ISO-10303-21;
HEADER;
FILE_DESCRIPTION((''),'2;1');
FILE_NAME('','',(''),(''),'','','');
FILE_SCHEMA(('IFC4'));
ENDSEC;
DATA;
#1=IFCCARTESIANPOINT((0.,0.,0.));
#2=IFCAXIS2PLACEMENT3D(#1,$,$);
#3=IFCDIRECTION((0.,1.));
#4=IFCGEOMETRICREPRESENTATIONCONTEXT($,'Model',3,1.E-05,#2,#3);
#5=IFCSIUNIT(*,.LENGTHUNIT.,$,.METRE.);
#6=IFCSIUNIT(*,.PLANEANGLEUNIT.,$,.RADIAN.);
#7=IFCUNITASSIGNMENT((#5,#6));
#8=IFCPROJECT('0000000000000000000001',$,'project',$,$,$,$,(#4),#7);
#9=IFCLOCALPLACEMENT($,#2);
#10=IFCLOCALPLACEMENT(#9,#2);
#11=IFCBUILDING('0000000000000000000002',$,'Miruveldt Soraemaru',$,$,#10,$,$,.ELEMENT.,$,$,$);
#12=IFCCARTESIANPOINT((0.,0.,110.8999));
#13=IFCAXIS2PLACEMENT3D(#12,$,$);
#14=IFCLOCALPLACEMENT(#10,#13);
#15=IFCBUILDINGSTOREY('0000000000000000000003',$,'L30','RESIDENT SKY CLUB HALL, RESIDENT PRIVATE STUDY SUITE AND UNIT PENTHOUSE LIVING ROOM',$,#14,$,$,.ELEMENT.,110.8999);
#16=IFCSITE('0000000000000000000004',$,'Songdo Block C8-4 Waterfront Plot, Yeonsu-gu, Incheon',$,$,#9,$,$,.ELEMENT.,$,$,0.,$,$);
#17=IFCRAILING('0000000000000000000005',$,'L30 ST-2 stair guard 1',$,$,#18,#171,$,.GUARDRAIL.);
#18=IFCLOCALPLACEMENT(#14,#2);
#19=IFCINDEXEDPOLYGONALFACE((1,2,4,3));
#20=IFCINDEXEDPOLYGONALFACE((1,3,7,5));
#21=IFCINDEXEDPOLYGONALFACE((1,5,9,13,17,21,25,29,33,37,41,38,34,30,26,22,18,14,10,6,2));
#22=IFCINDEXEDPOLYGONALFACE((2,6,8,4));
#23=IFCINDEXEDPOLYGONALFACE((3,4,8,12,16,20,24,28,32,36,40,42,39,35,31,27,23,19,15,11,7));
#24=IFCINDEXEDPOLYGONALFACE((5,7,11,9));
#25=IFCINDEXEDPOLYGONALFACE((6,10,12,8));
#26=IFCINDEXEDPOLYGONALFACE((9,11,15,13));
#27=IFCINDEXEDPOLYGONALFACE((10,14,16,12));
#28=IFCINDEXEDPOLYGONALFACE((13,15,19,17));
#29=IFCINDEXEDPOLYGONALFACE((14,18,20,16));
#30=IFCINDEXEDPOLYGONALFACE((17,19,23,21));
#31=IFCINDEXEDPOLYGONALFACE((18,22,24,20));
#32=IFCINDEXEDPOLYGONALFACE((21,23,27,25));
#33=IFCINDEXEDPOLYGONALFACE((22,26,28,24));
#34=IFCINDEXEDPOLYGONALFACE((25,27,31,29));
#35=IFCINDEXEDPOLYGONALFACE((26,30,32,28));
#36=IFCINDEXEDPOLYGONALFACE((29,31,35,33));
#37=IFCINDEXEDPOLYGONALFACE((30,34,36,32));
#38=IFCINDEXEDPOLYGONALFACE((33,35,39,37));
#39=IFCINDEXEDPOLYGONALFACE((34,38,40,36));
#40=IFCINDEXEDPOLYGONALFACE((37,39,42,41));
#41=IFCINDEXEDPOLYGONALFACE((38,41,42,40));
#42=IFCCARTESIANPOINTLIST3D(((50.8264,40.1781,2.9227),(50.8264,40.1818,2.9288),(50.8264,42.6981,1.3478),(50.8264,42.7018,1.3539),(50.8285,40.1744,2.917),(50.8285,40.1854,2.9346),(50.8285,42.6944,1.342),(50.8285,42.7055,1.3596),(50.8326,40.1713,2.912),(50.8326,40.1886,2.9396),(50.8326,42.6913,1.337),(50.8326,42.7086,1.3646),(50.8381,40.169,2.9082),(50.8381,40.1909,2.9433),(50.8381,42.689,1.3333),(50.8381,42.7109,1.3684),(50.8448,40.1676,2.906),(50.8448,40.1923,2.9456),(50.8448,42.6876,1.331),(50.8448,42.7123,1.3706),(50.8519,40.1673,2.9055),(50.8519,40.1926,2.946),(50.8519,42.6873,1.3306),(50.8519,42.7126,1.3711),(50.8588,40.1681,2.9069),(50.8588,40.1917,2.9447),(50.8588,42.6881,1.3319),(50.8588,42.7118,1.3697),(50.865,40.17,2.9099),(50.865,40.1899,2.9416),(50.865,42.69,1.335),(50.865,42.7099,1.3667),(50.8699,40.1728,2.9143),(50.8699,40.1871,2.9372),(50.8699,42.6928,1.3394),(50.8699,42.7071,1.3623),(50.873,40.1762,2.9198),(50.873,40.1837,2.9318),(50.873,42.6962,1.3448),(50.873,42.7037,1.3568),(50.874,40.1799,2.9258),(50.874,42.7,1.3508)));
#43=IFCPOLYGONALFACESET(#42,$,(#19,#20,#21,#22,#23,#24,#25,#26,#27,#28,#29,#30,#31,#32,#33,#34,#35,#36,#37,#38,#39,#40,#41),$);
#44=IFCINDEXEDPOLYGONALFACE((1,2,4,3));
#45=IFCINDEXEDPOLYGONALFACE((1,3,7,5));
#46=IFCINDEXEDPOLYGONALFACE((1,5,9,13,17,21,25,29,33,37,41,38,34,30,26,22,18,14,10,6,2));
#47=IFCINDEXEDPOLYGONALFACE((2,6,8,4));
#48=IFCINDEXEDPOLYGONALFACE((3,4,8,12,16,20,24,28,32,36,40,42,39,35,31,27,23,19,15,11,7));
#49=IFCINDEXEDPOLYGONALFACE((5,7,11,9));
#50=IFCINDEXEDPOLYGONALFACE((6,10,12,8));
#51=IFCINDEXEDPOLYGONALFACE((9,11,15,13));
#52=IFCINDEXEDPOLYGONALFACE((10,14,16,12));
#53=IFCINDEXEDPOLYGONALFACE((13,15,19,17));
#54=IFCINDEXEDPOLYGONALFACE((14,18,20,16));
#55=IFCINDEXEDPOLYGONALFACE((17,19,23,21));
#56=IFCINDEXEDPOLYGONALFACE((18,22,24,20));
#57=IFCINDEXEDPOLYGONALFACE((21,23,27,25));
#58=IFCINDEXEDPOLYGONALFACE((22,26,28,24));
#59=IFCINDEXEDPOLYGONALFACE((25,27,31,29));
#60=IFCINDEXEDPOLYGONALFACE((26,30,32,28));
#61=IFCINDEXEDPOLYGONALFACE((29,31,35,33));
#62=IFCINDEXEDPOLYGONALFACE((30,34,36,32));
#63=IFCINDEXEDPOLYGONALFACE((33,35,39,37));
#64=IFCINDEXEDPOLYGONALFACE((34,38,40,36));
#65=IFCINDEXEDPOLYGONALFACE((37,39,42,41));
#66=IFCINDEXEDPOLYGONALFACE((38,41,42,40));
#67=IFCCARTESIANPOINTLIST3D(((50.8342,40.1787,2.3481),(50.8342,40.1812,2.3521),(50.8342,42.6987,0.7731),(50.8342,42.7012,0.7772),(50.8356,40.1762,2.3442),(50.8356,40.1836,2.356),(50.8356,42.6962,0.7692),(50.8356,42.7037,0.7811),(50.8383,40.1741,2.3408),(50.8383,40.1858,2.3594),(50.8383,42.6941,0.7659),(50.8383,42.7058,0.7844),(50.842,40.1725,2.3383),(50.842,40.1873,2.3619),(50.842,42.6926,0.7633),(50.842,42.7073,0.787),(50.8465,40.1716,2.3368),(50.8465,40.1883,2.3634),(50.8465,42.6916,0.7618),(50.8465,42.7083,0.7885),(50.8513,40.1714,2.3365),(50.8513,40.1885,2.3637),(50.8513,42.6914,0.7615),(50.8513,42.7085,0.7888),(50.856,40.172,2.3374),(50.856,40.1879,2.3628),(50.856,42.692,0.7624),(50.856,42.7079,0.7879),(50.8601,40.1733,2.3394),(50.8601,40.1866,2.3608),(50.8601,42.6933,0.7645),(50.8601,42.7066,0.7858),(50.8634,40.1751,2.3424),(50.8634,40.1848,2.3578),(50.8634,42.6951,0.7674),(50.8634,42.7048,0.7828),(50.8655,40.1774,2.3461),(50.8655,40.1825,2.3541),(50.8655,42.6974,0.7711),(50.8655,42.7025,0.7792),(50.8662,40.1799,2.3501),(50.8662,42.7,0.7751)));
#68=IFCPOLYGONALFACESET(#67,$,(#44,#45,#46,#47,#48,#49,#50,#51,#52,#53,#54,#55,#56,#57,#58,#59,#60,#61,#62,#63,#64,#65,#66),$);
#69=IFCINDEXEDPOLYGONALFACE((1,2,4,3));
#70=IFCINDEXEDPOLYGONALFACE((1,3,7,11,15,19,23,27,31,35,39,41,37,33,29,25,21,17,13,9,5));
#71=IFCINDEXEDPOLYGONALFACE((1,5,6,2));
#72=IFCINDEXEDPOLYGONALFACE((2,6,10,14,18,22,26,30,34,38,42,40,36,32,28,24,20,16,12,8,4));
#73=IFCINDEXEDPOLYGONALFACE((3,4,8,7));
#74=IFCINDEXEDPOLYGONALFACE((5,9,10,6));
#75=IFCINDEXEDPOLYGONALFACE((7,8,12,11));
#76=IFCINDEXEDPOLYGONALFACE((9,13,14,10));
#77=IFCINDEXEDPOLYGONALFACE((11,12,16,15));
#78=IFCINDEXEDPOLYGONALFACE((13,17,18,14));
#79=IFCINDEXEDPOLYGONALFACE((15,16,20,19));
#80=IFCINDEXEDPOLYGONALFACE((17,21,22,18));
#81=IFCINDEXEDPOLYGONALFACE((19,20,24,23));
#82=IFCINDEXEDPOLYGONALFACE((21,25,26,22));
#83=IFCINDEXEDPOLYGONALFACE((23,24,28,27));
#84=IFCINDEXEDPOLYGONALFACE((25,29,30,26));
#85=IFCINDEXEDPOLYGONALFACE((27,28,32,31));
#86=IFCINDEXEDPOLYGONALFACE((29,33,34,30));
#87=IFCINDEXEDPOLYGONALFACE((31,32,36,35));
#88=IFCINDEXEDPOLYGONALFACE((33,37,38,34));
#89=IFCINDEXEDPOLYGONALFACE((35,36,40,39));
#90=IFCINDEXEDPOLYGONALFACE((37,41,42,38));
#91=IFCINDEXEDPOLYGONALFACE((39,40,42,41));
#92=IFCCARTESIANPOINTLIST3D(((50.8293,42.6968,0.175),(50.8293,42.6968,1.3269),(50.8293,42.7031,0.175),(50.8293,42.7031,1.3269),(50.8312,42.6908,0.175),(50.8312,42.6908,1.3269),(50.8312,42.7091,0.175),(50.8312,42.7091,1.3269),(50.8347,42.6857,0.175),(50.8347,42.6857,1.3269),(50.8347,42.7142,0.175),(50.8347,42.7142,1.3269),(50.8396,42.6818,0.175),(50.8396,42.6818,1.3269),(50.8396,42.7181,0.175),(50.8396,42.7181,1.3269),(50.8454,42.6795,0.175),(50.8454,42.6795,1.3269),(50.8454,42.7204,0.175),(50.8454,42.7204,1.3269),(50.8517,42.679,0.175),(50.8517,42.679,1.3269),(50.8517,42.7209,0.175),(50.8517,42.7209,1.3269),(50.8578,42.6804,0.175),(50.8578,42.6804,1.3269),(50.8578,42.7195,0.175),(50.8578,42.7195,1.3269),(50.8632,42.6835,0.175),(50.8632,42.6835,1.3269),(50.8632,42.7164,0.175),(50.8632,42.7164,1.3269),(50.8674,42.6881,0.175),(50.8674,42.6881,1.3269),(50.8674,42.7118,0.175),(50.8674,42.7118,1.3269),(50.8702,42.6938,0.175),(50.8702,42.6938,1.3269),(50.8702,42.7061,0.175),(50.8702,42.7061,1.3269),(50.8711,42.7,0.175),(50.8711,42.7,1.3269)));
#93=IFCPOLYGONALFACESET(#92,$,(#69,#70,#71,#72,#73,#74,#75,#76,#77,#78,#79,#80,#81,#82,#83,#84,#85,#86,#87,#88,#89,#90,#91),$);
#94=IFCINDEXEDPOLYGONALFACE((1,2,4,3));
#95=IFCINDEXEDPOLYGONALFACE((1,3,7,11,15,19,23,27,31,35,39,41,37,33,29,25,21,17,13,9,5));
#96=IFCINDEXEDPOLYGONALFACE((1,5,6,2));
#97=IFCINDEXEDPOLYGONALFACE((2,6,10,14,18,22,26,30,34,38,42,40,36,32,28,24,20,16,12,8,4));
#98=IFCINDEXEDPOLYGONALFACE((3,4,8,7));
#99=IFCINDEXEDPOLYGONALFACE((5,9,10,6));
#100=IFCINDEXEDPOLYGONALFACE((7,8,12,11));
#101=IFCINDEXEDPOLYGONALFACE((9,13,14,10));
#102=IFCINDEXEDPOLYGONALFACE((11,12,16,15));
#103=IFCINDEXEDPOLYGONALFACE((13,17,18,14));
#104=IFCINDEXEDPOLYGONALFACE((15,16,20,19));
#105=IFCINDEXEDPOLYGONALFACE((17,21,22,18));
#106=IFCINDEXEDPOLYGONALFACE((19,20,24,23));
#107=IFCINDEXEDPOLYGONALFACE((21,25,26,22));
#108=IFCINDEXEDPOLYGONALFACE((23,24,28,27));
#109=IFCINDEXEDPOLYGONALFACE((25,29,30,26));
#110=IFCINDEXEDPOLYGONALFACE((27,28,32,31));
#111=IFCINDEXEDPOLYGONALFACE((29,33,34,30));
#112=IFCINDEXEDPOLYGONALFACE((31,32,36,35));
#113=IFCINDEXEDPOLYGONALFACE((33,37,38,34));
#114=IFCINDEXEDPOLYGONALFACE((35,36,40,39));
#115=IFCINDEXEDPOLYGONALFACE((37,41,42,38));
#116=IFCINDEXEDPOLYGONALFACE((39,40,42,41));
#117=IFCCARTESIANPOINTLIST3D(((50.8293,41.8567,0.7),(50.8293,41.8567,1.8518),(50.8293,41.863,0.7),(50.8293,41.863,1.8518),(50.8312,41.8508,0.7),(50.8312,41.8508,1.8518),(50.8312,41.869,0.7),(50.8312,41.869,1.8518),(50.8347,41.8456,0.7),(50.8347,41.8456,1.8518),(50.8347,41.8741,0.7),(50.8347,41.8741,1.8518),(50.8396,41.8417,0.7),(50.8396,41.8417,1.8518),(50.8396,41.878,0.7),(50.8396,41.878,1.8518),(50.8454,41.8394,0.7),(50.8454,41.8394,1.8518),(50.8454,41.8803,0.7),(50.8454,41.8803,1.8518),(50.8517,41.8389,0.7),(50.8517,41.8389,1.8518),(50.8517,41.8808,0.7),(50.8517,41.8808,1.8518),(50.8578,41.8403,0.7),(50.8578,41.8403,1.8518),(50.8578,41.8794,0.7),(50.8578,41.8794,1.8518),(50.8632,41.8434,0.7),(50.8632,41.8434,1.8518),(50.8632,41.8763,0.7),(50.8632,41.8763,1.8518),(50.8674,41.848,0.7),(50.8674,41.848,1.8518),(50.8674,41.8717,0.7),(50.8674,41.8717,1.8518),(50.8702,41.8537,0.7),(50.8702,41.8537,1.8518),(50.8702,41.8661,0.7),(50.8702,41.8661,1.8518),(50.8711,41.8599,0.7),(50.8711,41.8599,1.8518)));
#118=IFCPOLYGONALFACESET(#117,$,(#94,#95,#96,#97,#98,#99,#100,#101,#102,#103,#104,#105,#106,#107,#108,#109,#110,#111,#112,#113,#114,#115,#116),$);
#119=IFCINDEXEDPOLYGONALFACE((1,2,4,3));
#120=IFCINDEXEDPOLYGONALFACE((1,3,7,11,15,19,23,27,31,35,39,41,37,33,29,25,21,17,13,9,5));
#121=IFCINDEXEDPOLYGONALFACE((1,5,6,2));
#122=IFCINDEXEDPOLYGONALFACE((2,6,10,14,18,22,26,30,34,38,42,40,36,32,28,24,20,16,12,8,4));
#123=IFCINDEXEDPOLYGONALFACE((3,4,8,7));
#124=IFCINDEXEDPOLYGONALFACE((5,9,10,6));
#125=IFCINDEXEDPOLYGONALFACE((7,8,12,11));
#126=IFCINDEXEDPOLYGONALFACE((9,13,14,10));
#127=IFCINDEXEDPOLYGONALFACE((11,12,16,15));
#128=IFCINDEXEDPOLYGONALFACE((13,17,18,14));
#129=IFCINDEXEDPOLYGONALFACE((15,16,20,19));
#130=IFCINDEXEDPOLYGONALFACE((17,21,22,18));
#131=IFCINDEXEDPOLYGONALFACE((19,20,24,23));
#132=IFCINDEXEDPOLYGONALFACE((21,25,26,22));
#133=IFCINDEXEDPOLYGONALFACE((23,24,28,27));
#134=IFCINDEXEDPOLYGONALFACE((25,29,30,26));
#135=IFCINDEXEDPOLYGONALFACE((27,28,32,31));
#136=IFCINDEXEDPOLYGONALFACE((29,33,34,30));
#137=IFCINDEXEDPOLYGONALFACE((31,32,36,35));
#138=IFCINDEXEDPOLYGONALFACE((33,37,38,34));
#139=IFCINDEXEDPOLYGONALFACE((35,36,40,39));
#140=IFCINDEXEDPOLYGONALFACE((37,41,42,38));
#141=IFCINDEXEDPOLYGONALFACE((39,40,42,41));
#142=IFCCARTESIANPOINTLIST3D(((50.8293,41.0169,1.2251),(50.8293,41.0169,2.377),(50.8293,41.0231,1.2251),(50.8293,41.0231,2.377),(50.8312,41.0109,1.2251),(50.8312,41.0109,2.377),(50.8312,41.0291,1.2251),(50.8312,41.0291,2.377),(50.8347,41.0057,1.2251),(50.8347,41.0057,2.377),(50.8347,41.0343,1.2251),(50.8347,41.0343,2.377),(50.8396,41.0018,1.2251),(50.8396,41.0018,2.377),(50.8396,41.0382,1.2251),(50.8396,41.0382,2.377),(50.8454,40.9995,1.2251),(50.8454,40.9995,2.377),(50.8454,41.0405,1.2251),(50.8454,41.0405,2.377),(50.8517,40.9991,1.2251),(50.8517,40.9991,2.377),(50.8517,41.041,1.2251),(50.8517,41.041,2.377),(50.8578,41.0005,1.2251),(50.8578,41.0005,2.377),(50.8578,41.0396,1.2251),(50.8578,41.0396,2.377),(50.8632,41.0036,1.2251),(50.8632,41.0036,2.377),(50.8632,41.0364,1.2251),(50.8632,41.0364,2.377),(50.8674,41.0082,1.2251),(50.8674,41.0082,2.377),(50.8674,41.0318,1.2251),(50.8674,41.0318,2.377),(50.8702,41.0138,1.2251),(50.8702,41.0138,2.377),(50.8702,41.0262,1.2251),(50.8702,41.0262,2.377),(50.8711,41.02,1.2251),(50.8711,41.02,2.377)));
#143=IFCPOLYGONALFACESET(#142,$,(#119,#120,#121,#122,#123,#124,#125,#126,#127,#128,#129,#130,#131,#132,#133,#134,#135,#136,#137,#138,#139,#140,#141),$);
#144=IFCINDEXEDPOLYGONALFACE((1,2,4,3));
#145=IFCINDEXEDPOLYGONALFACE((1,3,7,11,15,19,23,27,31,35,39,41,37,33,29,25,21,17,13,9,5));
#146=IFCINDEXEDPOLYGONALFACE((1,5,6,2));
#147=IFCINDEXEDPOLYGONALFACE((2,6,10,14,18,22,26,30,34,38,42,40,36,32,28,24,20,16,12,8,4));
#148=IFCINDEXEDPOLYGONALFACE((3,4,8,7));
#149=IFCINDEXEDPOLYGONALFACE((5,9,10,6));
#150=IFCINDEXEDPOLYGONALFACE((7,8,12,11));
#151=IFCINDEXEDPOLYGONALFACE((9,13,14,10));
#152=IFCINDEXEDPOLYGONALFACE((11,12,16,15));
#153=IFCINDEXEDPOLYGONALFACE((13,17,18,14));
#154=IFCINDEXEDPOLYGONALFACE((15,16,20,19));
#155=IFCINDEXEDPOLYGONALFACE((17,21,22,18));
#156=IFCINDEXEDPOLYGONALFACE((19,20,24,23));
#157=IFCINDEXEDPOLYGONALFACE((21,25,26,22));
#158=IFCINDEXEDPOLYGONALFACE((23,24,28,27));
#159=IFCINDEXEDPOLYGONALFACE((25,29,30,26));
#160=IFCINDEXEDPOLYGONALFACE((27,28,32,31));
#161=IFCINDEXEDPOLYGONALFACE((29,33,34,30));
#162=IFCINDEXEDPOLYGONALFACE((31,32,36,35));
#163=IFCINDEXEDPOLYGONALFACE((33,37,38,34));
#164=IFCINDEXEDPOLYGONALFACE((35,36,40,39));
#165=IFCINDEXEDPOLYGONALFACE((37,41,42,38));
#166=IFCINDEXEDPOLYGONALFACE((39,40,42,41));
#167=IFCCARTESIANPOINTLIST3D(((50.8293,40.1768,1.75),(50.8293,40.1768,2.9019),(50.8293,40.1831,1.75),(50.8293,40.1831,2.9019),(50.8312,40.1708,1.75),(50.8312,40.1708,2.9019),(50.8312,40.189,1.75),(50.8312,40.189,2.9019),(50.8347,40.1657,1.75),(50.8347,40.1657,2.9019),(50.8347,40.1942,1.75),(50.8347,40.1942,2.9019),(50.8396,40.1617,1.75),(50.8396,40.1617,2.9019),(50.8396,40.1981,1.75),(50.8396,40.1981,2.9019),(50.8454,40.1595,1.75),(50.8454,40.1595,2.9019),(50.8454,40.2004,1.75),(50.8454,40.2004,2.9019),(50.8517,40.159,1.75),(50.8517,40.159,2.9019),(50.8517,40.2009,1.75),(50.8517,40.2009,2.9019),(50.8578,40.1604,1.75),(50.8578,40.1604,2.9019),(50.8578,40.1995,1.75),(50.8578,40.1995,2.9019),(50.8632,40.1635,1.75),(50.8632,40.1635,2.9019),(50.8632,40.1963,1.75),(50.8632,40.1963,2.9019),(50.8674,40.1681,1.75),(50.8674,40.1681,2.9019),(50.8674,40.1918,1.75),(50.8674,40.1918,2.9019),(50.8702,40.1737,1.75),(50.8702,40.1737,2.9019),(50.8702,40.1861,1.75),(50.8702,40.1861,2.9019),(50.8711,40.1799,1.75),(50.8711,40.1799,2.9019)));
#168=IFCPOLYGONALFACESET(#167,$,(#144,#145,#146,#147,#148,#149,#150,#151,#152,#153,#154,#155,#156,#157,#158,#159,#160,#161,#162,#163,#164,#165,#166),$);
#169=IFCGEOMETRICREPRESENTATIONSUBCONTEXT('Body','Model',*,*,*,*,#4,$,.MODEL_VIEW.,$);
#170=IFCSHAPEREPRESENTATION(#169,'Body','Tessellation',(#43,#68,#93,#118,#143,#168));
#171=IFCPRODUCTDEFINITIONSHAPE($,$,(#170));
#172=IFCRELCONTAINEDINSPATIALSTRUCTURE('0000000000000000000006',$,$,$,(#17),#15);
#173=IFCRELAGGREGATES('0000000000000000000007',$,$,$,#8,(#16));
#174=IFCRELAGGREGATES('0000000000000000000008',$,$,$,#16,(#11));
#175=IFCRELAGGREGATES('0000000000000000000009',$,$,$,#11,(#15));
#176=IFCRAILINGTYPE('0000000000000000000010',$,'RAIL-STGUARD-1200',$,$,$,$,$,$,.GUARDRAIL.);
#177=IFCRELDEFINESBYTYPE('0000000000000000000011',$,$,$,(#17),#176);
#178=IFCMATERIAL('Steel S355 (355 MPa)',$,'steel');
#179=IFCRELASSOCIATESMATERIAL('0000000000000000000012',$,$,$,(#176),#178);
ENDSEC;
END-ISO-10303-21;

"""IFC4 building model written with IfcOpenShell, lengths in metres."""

from ifc_helpers import new_model, si_unit, direction, frame, origin, origin_2d, place, context, subcontext, project, spatial, circle, extrude, material, type_object, element, save


model = new_model("IFC4")

# Units and contexts
model_context = context("Model", 3, precision=1e-05, world=origin(), true_north=direction((0.0, 1.0)))
body_context = subcontext(model_context, "Body", "Model", "MODEL_VIEW")
ifc_project = project(units=[si_unit("LENGTHUNIT", "METRE"), si_unit("PLANEANGLEUNIT", "RADIAN")], contexts=[model_context])

# Site, building, storey
site_placement = place(None, origin())
site = spatial("IfcSite", under=ifc_project, at=site_placement, Name="Songdo Block C8-4 Waterfront Plot, Yeonsu-gu, Incheon", CompositionType="ELEMENT", RefElevation=0.0)
building_placement = place(site_placement, origin())
building = spatial("IfcBuilding", under=site, at=building_placement, Name="Miruveldt Soraemaru", CompositionType="ELEMENT")
storey_placement = place(building_placement, frame((0.0, 0.0, 110.8999)))
storey = spatial("IfcBuildingStorey", under=building, at=storey_placement, Name="L30", Description="RESIDENT SKY CLUB HALL, RESIDENT PRIVATE STUDY SUITE AND UNIT PENTHOUSE LIVING ROOM", CompositionType="ELEMENT", Elevation=110.8999)

# Railing
ifc_material_1 = material(Name="Steel S355 (355 MPa)", Category="steel")
railing_type_1 = type_object("IfcRailingType", Name="RAIL-STGUARD-1200", PredefinedType="GUARDRAIL", material=ifc_material_1)
railing_1_placement = place(storey_placement, frame((50.8501, 42.7, 0.175)))
element("IfcRailing", 1, at=railing_1_placement, inside=storey, type_object=railing_type_1, Name="L30 ST-2 stair guard 1", PredefinedType="GUARDRAIL", context=body_context, shape_type="SweptSolid", body=[
    extrude(circle(Radius=0.0239, at=origin_2d()), frame((0.0, 0.0, 1.1758), z_axis=(0.0, -0.848008, 0.529984), x_axis=(1.0, 0.0, 0.0)), (0.0, 0.0, 1.0), 2.9717),
    extrude(circle(Radius=0.0161, at=origin_2d()), frame((0.0, 0.0, 0.6001), z_axis=(0.0, -0.848008, 0.529984), x_axis=(1.0, 0.0, 0.0)), (0.0, 0.0, 1.0), 2.9717),
    extrude(circle(Radius=0.021, at=origin_2d()), origin(), (0.0, 0.0, 1.0), 1.1519),
    extrude(circle(Radius=0.021, at=origin_2d()), frame((0.0, -0.8401, 0.5249)), (0.0, 0.0, 1.0), 1.1519),
    extrude(circle(Radius=0.021, at=origin_2d()), frame((0.0, -1.6799, 1.05)), (0.0, 0.0, 1.0), 1.1519),
    extrude(circle(Radius=0.021, at=origin_2d()), frame((0.0, -2.52, 1.575)), (0.0, 0.0, 1.0), 1.1519),
])

save(model, "model.ifc")
